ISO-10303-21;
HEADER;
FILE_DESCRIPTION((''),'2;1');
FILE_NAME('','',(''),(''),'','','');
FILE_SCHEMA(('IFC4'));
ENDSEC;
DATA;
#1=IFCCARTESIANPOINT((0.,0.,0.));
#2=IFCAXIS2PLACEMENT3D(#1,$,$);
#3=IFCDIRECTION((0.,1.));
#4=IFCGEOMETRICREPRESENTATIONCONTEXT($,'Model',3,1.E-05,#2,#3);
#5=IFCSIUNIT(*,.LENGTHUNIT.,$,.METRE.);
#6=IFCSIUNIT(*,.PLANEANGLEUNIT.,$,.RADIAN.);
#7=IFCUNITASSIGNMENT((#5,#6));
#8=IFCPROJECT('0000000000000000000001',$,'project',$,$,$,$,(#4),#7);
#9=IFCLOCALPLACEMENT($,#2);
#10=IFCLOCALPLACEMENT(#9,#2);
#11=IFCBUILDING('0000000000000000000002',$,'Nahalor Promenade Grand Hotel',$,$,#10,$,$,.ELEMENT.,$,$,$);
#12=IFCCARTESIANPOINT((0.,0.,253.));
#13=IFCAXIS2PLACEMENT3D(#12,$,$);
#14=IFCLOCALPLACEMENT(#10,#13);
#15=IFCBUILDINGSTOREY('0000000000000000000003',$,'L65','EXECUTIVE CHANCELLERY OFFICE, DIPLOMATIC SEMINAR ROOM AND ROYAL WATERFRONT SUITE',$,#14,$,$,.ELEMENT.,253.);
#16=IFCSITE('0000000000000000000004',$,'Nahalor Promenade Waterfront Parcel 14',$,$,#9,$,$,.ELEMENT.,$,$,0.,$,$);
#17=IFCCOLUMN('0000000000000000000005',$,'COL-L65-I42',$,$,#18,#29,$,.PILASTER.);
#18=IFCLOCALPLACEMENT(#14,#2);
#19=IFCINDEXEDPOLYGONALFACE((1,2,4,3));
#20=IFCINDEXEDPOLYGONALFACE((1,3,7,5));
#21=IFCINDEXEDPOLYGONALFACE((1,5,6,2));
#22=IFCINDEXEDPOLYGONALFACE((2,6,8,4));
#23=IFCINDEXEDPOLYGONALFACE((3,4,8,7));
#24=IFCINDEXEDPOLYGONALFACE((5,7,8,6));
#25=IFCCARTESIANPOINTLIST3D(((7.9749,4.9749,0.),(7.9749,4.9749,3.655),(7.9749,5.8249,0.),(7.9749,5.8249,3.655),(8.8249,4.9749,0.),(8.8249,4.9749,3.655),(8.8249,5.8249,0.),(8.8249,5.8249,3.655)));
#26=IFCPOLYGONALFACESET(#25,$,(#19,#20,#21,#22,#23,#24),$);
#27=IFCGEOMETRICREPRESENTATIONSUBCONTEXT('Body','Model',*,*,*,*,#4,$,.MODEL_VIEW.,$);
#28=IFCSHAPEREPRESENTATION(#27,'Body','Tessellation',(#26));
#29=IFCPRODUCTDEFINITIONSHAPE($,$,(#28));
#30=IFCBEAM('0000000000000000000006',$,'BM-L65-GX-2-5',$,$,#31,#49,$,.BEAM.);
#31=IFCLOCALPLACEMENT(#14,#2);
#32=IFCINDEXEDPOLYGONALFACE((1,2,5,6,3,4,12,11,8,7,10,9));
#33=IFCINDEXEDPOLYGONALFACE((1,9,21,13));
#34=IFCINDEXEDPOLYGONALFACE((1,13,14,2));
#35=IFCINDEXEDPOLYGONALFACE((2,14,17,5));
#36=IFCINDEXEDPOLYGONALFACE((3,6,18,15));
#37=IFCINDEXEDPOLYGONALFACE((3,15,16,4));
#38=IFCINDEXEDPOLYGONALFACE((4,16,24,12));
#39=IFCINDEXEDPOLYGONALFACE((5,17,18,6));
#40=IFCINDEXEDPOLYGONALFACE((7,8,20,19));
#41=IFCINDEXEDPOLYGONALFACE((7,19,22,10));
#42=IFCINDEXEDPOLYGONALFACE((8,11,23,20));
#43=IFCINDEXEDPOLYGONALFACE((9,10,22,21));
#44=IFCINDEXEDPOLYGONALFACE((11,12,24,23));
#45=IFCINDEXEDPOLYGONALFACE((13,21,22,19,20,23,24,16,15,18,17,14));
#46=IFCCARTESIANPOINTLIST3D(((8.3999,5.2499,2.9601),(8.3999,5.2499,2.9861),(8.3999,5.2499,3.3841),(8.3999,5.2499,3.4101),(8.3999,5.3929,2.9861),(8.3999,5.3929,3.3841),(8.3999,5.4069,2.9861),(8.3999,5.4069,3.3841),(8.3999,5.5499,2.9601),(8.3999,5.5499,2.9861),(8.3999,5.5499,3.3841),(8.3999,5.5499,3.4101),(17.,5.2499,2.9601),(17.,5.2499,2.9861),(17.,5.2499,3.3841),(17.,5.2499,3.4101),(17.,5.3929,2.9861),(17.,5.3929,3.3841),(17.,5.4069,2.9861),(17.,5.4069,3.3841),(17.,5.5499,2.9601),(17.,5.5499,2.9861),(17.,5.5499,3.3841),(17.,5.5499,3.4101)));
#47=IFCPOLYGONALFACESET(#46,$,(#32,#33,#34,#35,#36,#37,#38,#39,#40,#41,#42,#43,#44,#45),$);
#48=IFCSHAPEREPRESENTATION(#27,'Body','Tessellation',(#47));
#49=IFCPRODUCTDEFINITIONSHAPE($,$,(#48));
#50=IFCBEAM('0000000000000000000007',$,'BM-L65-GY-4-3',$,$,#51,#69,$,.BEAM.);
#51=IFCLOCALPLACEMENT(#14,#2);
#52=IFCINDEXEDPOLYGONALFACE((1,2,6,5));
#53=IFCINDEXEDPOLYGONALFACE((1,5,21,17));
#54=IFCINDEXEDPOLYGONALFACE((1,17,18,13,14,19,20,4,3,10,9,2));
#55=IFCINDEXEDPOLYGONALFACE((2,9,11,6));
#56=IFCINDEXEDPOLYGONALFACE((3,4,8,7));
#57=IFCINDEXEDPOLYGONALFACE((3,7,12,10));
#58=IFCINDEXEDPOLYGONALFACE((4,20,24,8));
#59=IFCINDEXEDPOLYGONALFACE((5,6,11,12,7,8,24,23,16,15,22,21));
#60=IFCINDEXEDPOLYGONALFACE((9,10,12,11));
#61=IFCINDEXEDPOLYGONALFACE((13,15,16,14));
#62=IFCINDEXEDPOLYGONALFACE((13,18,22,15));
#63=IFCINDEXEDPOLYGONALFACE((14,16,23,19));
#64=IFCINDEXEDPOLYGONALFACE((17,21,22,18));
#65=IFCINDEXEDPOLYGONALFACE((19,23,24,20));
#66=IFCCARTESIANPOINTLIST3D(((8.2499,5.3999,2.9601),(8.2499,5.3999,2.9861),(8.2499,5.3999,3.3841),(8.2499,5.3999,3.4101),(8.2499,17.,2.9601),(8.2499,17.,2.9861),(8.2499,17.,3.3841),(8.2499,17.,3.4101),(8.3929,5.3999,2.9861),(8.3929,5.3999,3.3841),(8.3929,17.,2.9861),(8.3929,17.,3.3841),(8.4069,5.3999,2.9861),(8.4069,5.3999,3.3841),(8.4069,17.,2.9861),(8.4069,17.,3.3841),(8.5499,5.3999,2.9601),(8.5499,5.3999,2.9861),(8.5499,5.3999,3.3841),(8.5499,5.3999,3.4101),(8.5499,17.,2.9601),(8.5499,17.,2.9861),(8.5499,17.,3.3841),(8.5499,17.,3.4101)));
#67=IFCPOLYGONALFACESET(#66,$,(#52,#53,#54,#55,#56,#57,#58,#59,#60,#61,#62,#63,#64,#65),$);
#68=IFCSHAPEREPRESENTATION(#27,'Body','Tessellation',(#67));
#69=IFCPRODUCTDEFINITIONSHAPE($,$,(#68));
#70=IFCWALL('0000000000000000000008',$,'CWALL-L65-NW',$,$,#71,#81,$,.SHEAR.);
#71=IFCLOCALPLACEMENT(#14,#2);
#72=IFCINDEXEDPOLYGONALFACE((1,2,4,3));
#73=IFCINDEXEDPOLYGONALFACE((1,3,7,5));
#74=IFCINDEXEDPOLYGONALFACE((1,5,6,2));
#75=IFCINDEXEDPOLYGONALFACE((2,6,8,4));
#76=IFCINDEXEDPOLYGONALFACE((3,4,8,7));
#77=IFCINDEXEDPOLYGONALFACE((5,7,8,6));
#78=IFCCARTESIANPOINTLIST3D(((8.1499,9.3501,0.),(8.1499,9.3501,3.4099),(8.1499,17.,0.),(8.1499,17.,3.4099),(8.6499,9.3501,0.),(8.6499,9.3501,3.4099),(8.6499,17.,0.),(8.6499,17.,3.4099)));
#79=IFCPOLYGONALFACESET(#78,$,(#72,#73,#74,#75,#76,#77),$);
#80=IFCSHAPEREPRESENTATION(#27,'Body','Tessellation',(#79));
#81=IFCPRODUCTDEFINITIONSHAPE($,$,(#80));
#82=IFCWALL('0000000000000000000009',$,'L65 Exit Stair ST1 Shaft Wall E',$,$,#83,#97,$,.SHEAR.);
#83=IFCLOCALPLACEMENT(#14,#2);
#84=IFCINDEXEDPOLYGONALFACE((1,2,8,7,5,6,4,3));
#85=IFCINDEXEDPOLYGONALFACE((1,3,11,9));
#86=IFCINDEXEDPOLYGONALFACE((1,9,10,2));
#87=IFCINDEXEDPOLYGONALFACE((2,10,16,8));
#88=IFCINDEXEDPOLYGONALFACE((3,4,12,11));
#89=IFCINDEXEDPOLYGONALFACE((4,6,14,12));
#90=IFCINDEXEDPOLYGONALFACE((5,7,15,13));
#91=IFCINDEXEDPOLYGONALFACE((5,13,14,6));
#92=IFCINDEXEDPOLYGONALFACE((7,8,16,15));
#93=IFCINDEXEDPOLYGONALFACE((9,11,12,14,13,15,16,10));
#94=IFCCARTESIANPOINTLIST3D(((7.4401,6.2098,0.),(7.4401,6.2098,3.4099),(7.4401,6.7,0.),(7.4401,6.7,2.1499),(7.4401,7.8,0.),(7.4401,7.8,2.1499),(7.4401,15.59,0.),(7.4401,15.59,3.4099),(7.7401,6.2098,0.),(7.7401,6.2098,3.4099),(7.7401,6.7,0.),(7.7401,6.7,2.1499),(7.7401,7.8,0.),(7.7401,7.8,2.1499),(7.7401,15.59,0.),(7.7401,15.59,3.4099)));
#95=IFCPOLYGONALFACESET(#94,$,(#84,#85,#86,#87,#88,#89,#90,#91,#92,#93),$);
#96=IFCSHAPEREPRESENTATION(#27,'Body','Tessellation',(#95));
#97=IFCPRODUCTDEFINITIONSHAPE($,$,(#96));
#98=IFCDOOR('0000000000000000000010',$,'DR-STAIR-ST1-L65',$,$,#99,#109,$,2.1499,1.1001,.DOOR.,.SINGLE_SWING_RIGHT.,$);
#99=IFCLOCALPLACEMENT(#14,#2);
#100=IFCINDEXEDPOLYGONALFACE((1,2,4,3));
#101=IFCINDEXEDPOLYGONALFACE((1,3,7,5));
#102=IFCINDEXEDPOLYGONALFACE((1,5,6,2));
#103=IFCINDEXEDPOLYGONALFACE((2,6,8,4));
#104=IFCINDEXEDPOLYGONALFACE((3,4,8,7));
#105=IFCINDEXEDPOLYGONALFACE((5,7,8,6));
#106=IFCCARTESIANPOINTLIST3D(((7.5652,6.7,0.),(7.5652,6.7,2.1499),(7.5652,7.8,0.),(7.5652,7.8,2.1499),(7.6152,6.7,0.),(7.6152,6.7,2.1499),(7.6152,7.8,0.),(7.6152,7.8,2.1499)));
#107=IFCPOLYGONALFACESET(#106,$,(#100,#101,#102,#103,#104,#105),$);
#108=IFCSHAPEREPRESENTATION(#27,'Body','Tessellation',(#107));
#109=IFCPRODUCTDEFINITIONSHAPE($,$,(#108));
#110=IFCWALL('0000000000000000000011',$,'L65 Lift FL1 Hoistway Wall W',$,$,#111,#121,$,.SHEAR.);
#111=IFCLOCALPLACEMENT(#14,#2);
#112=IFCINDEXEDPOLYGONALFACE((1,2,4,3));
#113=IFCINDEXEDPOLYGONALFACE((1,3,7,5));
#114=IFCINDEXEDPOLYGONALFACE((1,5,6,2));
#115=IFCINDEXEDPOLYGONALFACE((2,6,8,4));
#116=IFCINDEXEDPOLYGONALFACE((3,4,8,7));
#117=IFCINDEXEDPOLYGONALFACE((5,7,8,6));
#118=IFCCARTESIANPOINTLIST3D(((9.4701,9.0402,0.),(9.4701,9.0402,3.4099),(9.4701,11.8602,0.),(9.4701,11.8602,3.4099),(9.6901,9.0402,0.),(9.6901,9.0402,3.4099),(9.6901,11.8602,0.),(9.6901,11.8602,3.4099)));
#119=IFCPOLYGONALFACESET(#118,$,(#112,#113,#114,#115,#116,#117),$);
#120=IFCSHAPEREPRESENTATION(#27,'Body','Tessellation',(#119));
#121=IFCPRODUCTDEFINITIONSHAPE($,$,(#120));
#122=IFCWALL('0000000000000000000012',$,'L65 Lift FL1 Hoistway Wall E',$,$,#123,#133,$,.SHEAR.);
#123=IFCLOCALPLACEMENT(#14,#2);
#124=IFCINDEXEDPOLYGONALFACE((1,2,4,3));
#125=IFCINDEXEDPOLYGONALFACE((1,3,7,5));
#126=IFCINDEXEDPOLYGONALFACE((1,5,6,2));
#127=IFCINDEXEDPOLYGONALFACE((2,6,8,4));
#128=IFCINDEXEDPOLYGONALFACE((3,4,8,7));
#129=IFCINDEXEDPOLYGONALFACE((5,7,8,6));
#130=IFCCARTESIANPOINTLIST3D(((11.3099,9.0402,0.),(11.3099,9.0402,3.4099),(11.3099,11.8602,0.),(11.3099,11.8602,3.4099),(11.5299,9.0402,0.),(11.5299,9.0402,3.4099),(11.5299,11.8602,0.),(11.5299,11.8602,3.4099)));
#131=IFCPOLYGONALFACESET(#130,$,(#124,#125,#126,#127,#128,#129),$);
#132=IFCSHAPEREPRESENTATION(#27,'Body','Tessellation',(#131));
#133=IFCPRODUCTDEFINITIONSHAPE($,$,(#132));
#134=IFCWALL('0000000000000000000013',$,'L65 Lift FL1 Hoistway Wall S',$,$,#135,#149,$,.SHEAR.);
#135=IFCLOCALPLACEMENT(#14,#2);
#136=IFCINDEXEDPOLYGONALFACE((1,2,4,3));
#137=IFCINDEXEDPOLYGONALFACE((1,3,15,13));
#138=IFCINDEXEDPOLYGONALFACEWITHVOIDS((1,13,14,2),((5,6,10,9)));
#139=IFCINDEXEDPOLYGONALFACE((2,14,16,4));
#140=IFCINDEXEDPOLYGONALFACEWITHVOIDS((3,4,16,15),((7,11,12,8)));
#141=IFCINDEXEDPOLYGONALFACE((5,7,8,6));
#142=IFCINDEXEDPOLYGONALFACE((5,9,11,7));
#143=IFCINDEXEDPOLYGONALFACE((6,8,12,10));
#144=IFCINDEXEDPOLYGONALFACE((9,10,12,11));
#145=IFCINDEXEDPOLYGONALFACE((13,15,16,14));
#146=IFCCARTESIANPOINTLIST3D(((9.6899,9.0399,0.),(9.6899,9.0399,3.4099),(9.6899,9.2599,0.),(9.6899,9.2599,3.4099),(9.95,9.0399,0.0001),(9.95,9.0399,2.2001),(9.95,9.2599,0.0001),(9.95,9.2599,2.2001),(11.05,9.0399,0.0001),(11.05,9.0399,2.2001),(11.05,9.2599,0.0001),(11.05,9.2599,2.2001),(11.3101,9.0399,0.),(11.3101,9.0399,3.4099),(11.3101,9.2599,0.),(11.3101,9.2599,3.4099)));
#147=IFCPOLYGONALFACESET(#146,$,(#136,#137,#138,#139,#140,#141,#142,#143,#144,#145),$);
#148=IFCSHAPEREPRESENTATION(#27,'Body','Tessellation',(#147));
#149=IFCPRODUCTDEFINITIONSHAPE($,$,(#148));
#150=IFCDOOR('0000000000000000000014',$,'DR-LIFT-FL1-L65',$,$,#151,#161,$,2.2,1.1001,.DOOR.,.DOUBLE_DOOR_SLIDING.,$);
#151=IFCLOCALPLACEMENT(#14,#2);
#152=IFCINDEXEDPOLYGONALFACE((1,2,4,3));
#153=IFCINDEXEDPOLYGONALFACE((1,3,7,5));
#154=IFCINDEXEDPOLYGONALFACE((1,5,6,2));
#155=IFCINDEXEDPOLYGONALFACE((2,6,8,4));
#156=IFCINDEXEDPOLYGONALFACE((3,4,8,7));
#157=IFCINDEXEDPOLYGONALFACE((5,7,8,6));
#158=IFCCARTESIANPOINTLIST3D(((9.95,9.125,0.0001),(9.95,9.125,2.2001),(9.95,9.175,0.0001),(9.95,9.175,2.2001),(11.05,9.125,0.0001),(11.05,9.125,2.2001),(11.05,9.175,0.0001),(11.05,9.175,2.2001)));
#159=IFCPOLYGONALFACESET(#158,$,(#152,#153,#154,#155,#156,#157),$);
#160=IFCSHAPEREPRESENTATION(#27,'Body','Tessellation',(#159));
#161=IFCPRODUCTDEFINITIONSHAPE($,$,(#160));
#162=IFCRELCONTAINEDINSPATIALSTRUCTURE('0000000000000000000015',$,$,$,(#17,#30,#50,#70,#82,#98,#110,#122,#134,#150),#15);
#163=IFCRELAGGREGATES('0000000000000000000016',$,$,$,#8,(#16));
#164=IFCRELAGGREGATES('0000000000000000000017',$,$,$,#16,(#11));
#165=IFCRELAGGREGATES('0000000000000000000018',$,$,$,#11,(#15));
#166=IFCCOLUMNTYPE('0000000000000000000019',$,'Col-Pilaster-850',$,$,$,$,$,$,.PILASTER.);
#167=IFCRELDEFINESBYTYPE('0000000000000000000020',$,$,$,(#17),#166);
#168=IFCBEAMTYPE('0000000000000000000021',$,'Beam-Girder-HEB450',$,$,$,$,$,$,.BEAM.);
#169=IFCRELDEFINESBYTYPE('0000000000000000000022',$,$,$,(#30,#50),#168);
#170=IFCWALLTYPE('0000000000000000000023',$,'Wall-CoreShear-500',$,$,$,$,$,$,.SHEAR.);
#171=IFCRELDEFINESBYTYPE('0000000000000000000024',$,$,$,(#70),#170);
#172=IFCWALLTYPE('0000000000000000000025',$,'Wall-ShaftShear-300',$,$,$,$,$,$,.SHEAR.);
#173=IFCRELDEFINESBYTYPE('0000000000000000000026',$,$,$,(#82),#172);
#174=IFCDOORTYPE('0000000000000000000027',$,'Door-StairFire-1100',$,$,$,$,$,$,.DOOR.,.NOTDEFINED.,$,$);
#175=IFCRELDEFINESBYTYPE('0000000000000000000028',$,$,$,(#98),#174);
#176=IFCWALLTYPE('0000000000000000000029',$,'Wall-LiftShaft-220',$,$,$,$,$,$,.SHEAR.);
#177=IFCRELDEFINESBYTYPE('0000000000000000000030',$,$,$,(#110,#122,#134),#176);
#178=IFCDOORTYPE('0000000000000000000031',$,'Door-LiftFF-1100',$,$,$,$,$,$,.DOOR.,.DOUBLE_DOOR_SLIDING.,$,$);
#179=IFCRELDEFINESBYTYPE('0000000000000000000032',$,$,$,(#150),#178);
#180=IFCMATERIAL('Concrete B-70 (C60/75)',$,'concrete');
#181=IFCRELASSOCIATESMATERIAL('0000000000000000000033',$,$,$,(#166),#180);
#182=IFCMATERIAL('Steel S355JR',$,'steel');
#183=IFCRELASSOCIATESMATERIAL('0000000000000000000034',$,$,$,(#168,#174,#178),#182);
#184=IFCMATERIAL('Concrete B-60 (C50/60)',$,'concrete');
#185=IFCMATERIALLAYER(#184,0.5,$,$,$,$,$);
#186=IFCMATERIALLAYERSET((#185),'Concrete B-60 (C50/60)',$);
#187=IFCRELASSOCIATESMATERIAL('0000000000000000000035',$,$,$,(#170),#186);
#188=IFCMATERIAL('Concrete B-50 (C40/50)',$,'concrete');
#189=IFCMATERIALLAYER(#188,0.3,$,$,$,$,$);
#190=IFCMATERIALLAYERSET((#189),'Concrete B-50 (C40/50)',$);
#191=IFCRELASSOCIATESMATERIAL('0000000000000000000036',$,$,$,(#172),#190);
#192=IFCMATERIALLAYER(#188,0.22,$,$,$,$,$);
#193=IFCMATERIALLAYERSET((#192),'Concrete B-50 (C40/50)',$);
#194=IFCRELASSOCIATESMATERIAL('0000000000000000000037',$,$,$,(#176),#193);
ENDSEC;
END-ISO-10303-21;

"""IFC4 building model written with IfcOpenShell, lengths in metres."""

from ifc_helpers import new_model, si_unit, direction, frame, frame_2d, origin, origin_2d, place, context, subcontext, project, spatial, rectangle, i_section, extrude, source, transform, mapped, material, layer, layer_set, material_profile, profile_set, type_object, element, fill, save


model = new_model("IFC4")

# Units and contexts
model_context = context("Model", 3, precision=1e-05, world=origin(), true_north=direction((0.0, 1.0)))
body_context = subcontext(model_context, "Body", "Model", "MODEL_VIEW")
ifc_project = project(units=[si_unit("LENGTHUNIT", "METRE"), si_unit("PLANEANGLEUNIT", "RADIAN")], contexts=[model_context])

# Site, building, storey
site_placement = place(None, origin())
site = spatial("IfcSite", under=ifc_project, at=site_placement, Name="Nahalor Promenade Waterfront Parcel 14", CompositionType="ELEMENT", RefElevation=0.0)
building_placement = place(site_placement, origin())
building = spatial("IfcBuilding", under=site, at=building_placement, Name="Nahalor Promenade Grand Hotel", CompositionType="ELEMENT")
storey_placement = place(building_placement, frame((0.0, 0.0, 253.0)))
storey = spatial("IfcBuildingStorey", under=building, at=storey_placement, Name="L65", Description="EXECUTIVE CHANCELLERY OFFICE, DIPLOMATIC SEMINAR ROOM AND ROYAL WATERFRONT SUITE", CompositionType="ELEMENT", Elevation=253.0)

# Column
ifc_material_1 = material(Name="Concrete B-70 (C60/75)", Category="concrete")
ifc_material_profile_1 = material_profile(ifc_material_1, rectangle(XDim=0.85, YDim=0.85, at=origin_2d()), Name="RC 850x850")
ifc_profile_set_1 = profile_set([ifc_material_profile_1], Name="Concrete B-70 (C60/75)")
column_type = type_object("IfcColumnType", Name="Col-Pilaster-850", PredefinedType="PILASTER", material=ifc_profile_set_1)
shared_shape_1 = source(origin(), body_context, "Body", "SweptSolid", [
    extrude(rectangle(XDim=0.85, YDim=0.85, at=origin_2d()), origin(), (0.0, 0.0, 1.0), 3.655),
])
column_placement = place(storey_placement, frame((8.3999, 5.3999, 0.0), z_axis=(0.0, 0.0, 1.0), x_axis=(1.0, 0.0, 0.0)))
element("IfcColumn", 1, at=column_placement, inside=storey, type_object=column_type, Name="COL-L65-I42", PredefinedType="PILASTER", context=body_context, shape_type="MappedRepresentation", body=[
    mapped(shared_shape_1, transform((0.0, 0.0, 0.0), scale=1.0)),
])

# Beams
ifc_material_2 = material(Name="Steel S355JR", Category="steel")
ifc_material_profile_2 = material_profile(ifc_material_2, i_section(OverallWidth=0.3, OverallDepth=0.45, WebThickness=0.014, FlangeThickness=0.026, at=origin_2d()), Name="HEB 450")
ifc_profile_set_2 = profile_set([ifc_material_profile_2], Name="Steel S355JR")
beam_type = type_object("IfcBeamType", Name="Beam-Girder-HEB450", PredefinedType="BEAM", material=ifc_profile_set_2)
shared_shape_2 = source(origin(), body_context, "Body", "SweptSolid", [
    extrude(i_section(OverallWidth=0.3, OverallDepth=0.45, WebThickness=0.014, FlangeThickness=0.026, at=origin_2d()), origin(), (0.0, 0.0, 1.0), 8.6001),
])
beam_1_placement = place(storey_placement, frame((8.3999, 5.3999, 3.1851), z_axis=(1.0, 0.0, 0.0), x_axis=(0.0, 1.0, 0.0)))
element("IfcBeam", 2, at=beam_1_placement, inside=storey, type_object=beam_type, Name="BM-L65-GX-2-5", PredefinedType="BEAM", context=body_context, shape_type="MappedRepresentation", body=[
    mapped(shared_shape_2, transform((0.0, 0.0, 0.0), scale=1.0)),
])
shared_shape_3 = source(origin(), body_context, "Body", "SweptSolid", [
    extrude(i_section(OverallWidth=0.3, OverallDepth=0.45, WebThickness=0.014, FlangeThickness=0.026, at=origin_2d()), origin(), (0.0, 0.0, 1.0), 11.6001),
])
beam_2_placement = place(storey_placement, frame((8.3999, 5.3999, 3.1851), z_axis=(0.0, 1.0, 0.0), x_axis=(-1.0, 0.0, 0.0)))
element("IfcBeam", 3, at=beam_2_placement, inside=storey, type_object=beam_type, Name="BM-L65-GY-4-3", PredefinedType="BEAM", context=body_context, shape_type="MappedRepresentation", body=[
    mapped(shared_shape_3, transform((0.0, 0.0, 0.0), scale=1.0)),
])

# Wall
ifc_material_3 = material(Name="Concrete B-60 (C50/60)", Category="concrete")
ifc_layer_1 = layer(ifc_material_3, 0.5)
ifc_layer_set_1 = layer_set([ifc_layer_1], Name="Concrete B-60 (C50/60)")
wall_type_1 = type_object("IfcWallType", Name="Wall-CoreShear-500", PredefinedType="SHEAR", material=ifc_layer_set_1)
shared_shape_4 = source(origin(), body_context, "Body", "SweptSolid", [
    extrude(rectangle(XDim=7.6499, YDim=0.5, at=frame_2d((3.825, 0.0))), origin(), (0.0, 0.0, 1.0), 3.4099),
])
wall_1_placement = place(storey_placement, frame((8.3999, 9.3501, 0.0), z_axis=(0.0, 0.0, 1.0), x_axis=(0.0, 1.0, 0.0)))
element("IfcWall", 4, at=wall_1_placement, inside=storey, type_object=wall_type_1, Name="CWALL-L65-NW", PredefinedType="SHEAR", context=body_context, shape_type="MappedRepresentation", body=[
    mapped(shared_shape_4, transform((0.0, 0.0, 0.0), scale=1.0)),
])

# Wall, opening, door
ifc_material_4 = material(Name="Concrete B-50 (C40/50)", Category="concrete")
ifc_layer_2 = layer(ifc_material_4, 0.3)
ifc_layer_set_2 = layer_set([ifc_layer_2], Name="Concrete B-50 (C40/50)")
wall_type_2 = type_object("IfcWallType", Name="Wall-ShaftShear-300", PredefinedType="SHEAR", material=ifc_layer_set_2)
shared_shape_5 = source(origin(), body_context, "Body", "SweptSolid", [
    extrude(rectangle(XDim=9.3801, YDim=0.3, at=frame_2d((4.6899, 0.0))), origin(), (0.0, 0.0, 1.0), 3.4099),
])
wall_2_placement = place(storey_placement, frame((7.5901, 6.21, 0.0), z_axis=(0.0, 0.0, 1.0), x_axis=(0.0, 1.0, 0.0)))
wall_2 = element("IfcWall", 5, at=wall_2_placement, inside=storey, type_object=wall_type_2, Name="L65 Exit Stair ST1 Shaft Wall E", PredefinedType="SHEAR", context=body_context, shape_type="MappedRepresentation", body=[
    mapped(shared_shape_5, transform((0.0, 0.0, 0.0), scale=1.0)),
])
opening_1_placement = place(wall_2_placement, frame((0.49, 0.0, 0.0)))
opening_1 = element("IfcOpeningElement", 6, at=opening_1_placement, cuts=wall_2, PredefinedType="OPENING", context=body_context, shape_type="SweptSolid", body=[
    extrude(rectangle(XDim=1.1001, YDim=2.1499, at=frame_2d((0.55, 1.075))), frame((0.0, 0.1599, 0.0), z_axis=(0.0, -1.0, 0.0), x_axis=(1.0, 0.0, 0.0)), (0.0, 0.0, 1.0), 0.3201),
])
door_type_1 = type_object("IfcDoorType", Name="Door-StairFire-1100", OperationType="NOTDEFINED", PredefinedType="DOOR", material=ifc_material_2)
shared_shape_6 = source(origin(), body_context, "Body", "SweptSolid", [
    extrude(rectangle(XDim=1.1001, YDim=2.1499, at=frame_2d((0.55, 1.075))), frame((0.0, 0.0249, 0.0), z_axis=(0.0, -1.0, 0.0), x_axis=(1.0, 0.0, 0.0)), (0.0, 0.0, 1.0), 0.05),
])
door_1_placement = place(opening_1_placement, origin())
door_1 = element("IfcDoor", 7, at=door_1_placement, inside=storey, type_object=door_type_1, Name="DR-STAIR-ST1-L65", OperationType="SINGLE_SWING_RIGHT", OverallHeight=2.1499, OverallWidth=1.1001, PredefinedType="DOOR", context=body_context, shape_type="MappedRepresentation", body=[
    mapped(shared_shape_6, transform((0.0, 0.0, 0.0), scale=1.0)),
])
fill(opening_1, door_1)

# Walls
ifc_layer_3 = layer(ifc_material_4, 0.22)
ifc_layer_set_3 = layer_set([ifc_layer_3], Name="Concrete B-50 (C40/50)")
wall_type_3 = type_object("IfcWallType", Name="Wall-LiftShaft-220", PredefinedType="SHEAR", material=ifc_layer_set_3)
shared_shape_7 = source(origin(), body_context, "Body", "SweptSolid", [
    extrude(rectangle(XDim=2.8201, YDim=0.22, at=frame_2d((1.4102, 0.0))), origin(), (0.0, 0.0, 1.0), 3.4099),
])
for number, where, z_axis, x_axis, name in (
    (8, (9.5801, 9.04, 0.0), (0.0, 0.0, 1.0), (0.0, 1.0, 0.0), "L65 Lift FL1 Hoistway Wall W"),
    (9, (11.4199, 9.04, 0.0), (0.0, 0.0, 1.0), (0.0, 1.0, 0.0), "L65 Lift FL1 Hoistway Wall E"),
):
    element("IfcWall", number, at=place(storey_placement, frame(where, z_axis=z_axis, x_axis=x_axis)), inside=storey, type_object=wall_type_3, Name=name, PredefinedType="SHEAR", context=body_context, shape_type="MappedRepresentation", body=[
        mapped(shared_shape_7, transform((0.0, 0.0, 0.0), scale=1.0)),
    ])

# Wall, opening, door
shared_shape_8 = source(origin(), body_context, "Body", "SweptSolid", [
    extrude(rectangle(XDim=1.6201, YDim=0.22, at=frame_2d((0.8101, 0.0))), origin(), (0.0, 0.0, 1.0), 3.4099),
])
wall_3_placement = place(storey_placement, frame((9.6899, 9.1499, 0.0), z_axis=(0.0, 0.0, 1.0), x_axis=(1.0, 0.0, 0.0)))
wall_3 = element("IfcWall", 10, at=wall_3_placement, inside=storey, type_object=wall_type_3, Name="L65 Lift FL1 Hoistway Wall S", PredefinedType="SHEAR", context=body_context, shape_type="MappedRepresentation", body=[
    mapped(shared_shape_8, transform((0.0, 0.0, 0.0), scale=1.0)),
])
opening_2_placement = place(wall_3_placement, frame((0.26, 0.0, 0.0)))
opening_2 = element("IfcOpeningElement", 11, at=opening_2_placement, cuts=wall_3, PredefinedType="OPENING", context=body_context, shape_type="SweptSolid", body=[
    extrude(rectangle(XDim=1.1001, YDim=2.2, at=frame_2d((0.55, 1.1001))), frame((0.0, 0.1199, 0.0), z_axis=(0.0, -1.0, 0.0), x_axis=(1.0, 0.0, 0.0)), (0.0, 0.0, 1.0), 0.24),
])
door_type_2 = type_object("IfcDoorType", Name="Door-LiftFF-1100", OperationType="DOUBLE_DOOR_SLIDING", PredefinedType="DOOR", material=ifc_material_2)
shared_shape_9 = source(origin(), body_context, "Body", "SweptSolid", [
    extrude(rectangle(XDim=1.1001, YDim=2.2, at=frame_2d((0.55, 1.1001))), frame((0.0, 0.0249, 0.0), z_axis=(0.0, -1.0, 0.0), x_axis=(1.0, 0.0, 0.0)), (0.0, 0.0, 1.0), 0.05),
])
door_2_placement = place(opening_2_placement, frame((1.1001, 0.0, 0.0), z_axis=(0.0, 0.0, 1.0), x_axis=(-1.0, 0.0, 0.0)))
door_2 = element("IfcDoor", 12, at=door_2_placement, inside=storey, type_object=door_type_2, Name="DR-LIFT-FL1-L65", OperationType="DOUBLE_DOOR_SLIDING", OverallHeight=2.2, OverallWidth=1.1001, PredefinedType="DOOR", context=body_context, shape_type="MappedRepresentation", body=[
    mapped(shared_shape_9, transform((0.0, 0.0, 0.0), scale=1.0)),
])
fill(opening_2, door_2)

save(model, "model.ifc")
